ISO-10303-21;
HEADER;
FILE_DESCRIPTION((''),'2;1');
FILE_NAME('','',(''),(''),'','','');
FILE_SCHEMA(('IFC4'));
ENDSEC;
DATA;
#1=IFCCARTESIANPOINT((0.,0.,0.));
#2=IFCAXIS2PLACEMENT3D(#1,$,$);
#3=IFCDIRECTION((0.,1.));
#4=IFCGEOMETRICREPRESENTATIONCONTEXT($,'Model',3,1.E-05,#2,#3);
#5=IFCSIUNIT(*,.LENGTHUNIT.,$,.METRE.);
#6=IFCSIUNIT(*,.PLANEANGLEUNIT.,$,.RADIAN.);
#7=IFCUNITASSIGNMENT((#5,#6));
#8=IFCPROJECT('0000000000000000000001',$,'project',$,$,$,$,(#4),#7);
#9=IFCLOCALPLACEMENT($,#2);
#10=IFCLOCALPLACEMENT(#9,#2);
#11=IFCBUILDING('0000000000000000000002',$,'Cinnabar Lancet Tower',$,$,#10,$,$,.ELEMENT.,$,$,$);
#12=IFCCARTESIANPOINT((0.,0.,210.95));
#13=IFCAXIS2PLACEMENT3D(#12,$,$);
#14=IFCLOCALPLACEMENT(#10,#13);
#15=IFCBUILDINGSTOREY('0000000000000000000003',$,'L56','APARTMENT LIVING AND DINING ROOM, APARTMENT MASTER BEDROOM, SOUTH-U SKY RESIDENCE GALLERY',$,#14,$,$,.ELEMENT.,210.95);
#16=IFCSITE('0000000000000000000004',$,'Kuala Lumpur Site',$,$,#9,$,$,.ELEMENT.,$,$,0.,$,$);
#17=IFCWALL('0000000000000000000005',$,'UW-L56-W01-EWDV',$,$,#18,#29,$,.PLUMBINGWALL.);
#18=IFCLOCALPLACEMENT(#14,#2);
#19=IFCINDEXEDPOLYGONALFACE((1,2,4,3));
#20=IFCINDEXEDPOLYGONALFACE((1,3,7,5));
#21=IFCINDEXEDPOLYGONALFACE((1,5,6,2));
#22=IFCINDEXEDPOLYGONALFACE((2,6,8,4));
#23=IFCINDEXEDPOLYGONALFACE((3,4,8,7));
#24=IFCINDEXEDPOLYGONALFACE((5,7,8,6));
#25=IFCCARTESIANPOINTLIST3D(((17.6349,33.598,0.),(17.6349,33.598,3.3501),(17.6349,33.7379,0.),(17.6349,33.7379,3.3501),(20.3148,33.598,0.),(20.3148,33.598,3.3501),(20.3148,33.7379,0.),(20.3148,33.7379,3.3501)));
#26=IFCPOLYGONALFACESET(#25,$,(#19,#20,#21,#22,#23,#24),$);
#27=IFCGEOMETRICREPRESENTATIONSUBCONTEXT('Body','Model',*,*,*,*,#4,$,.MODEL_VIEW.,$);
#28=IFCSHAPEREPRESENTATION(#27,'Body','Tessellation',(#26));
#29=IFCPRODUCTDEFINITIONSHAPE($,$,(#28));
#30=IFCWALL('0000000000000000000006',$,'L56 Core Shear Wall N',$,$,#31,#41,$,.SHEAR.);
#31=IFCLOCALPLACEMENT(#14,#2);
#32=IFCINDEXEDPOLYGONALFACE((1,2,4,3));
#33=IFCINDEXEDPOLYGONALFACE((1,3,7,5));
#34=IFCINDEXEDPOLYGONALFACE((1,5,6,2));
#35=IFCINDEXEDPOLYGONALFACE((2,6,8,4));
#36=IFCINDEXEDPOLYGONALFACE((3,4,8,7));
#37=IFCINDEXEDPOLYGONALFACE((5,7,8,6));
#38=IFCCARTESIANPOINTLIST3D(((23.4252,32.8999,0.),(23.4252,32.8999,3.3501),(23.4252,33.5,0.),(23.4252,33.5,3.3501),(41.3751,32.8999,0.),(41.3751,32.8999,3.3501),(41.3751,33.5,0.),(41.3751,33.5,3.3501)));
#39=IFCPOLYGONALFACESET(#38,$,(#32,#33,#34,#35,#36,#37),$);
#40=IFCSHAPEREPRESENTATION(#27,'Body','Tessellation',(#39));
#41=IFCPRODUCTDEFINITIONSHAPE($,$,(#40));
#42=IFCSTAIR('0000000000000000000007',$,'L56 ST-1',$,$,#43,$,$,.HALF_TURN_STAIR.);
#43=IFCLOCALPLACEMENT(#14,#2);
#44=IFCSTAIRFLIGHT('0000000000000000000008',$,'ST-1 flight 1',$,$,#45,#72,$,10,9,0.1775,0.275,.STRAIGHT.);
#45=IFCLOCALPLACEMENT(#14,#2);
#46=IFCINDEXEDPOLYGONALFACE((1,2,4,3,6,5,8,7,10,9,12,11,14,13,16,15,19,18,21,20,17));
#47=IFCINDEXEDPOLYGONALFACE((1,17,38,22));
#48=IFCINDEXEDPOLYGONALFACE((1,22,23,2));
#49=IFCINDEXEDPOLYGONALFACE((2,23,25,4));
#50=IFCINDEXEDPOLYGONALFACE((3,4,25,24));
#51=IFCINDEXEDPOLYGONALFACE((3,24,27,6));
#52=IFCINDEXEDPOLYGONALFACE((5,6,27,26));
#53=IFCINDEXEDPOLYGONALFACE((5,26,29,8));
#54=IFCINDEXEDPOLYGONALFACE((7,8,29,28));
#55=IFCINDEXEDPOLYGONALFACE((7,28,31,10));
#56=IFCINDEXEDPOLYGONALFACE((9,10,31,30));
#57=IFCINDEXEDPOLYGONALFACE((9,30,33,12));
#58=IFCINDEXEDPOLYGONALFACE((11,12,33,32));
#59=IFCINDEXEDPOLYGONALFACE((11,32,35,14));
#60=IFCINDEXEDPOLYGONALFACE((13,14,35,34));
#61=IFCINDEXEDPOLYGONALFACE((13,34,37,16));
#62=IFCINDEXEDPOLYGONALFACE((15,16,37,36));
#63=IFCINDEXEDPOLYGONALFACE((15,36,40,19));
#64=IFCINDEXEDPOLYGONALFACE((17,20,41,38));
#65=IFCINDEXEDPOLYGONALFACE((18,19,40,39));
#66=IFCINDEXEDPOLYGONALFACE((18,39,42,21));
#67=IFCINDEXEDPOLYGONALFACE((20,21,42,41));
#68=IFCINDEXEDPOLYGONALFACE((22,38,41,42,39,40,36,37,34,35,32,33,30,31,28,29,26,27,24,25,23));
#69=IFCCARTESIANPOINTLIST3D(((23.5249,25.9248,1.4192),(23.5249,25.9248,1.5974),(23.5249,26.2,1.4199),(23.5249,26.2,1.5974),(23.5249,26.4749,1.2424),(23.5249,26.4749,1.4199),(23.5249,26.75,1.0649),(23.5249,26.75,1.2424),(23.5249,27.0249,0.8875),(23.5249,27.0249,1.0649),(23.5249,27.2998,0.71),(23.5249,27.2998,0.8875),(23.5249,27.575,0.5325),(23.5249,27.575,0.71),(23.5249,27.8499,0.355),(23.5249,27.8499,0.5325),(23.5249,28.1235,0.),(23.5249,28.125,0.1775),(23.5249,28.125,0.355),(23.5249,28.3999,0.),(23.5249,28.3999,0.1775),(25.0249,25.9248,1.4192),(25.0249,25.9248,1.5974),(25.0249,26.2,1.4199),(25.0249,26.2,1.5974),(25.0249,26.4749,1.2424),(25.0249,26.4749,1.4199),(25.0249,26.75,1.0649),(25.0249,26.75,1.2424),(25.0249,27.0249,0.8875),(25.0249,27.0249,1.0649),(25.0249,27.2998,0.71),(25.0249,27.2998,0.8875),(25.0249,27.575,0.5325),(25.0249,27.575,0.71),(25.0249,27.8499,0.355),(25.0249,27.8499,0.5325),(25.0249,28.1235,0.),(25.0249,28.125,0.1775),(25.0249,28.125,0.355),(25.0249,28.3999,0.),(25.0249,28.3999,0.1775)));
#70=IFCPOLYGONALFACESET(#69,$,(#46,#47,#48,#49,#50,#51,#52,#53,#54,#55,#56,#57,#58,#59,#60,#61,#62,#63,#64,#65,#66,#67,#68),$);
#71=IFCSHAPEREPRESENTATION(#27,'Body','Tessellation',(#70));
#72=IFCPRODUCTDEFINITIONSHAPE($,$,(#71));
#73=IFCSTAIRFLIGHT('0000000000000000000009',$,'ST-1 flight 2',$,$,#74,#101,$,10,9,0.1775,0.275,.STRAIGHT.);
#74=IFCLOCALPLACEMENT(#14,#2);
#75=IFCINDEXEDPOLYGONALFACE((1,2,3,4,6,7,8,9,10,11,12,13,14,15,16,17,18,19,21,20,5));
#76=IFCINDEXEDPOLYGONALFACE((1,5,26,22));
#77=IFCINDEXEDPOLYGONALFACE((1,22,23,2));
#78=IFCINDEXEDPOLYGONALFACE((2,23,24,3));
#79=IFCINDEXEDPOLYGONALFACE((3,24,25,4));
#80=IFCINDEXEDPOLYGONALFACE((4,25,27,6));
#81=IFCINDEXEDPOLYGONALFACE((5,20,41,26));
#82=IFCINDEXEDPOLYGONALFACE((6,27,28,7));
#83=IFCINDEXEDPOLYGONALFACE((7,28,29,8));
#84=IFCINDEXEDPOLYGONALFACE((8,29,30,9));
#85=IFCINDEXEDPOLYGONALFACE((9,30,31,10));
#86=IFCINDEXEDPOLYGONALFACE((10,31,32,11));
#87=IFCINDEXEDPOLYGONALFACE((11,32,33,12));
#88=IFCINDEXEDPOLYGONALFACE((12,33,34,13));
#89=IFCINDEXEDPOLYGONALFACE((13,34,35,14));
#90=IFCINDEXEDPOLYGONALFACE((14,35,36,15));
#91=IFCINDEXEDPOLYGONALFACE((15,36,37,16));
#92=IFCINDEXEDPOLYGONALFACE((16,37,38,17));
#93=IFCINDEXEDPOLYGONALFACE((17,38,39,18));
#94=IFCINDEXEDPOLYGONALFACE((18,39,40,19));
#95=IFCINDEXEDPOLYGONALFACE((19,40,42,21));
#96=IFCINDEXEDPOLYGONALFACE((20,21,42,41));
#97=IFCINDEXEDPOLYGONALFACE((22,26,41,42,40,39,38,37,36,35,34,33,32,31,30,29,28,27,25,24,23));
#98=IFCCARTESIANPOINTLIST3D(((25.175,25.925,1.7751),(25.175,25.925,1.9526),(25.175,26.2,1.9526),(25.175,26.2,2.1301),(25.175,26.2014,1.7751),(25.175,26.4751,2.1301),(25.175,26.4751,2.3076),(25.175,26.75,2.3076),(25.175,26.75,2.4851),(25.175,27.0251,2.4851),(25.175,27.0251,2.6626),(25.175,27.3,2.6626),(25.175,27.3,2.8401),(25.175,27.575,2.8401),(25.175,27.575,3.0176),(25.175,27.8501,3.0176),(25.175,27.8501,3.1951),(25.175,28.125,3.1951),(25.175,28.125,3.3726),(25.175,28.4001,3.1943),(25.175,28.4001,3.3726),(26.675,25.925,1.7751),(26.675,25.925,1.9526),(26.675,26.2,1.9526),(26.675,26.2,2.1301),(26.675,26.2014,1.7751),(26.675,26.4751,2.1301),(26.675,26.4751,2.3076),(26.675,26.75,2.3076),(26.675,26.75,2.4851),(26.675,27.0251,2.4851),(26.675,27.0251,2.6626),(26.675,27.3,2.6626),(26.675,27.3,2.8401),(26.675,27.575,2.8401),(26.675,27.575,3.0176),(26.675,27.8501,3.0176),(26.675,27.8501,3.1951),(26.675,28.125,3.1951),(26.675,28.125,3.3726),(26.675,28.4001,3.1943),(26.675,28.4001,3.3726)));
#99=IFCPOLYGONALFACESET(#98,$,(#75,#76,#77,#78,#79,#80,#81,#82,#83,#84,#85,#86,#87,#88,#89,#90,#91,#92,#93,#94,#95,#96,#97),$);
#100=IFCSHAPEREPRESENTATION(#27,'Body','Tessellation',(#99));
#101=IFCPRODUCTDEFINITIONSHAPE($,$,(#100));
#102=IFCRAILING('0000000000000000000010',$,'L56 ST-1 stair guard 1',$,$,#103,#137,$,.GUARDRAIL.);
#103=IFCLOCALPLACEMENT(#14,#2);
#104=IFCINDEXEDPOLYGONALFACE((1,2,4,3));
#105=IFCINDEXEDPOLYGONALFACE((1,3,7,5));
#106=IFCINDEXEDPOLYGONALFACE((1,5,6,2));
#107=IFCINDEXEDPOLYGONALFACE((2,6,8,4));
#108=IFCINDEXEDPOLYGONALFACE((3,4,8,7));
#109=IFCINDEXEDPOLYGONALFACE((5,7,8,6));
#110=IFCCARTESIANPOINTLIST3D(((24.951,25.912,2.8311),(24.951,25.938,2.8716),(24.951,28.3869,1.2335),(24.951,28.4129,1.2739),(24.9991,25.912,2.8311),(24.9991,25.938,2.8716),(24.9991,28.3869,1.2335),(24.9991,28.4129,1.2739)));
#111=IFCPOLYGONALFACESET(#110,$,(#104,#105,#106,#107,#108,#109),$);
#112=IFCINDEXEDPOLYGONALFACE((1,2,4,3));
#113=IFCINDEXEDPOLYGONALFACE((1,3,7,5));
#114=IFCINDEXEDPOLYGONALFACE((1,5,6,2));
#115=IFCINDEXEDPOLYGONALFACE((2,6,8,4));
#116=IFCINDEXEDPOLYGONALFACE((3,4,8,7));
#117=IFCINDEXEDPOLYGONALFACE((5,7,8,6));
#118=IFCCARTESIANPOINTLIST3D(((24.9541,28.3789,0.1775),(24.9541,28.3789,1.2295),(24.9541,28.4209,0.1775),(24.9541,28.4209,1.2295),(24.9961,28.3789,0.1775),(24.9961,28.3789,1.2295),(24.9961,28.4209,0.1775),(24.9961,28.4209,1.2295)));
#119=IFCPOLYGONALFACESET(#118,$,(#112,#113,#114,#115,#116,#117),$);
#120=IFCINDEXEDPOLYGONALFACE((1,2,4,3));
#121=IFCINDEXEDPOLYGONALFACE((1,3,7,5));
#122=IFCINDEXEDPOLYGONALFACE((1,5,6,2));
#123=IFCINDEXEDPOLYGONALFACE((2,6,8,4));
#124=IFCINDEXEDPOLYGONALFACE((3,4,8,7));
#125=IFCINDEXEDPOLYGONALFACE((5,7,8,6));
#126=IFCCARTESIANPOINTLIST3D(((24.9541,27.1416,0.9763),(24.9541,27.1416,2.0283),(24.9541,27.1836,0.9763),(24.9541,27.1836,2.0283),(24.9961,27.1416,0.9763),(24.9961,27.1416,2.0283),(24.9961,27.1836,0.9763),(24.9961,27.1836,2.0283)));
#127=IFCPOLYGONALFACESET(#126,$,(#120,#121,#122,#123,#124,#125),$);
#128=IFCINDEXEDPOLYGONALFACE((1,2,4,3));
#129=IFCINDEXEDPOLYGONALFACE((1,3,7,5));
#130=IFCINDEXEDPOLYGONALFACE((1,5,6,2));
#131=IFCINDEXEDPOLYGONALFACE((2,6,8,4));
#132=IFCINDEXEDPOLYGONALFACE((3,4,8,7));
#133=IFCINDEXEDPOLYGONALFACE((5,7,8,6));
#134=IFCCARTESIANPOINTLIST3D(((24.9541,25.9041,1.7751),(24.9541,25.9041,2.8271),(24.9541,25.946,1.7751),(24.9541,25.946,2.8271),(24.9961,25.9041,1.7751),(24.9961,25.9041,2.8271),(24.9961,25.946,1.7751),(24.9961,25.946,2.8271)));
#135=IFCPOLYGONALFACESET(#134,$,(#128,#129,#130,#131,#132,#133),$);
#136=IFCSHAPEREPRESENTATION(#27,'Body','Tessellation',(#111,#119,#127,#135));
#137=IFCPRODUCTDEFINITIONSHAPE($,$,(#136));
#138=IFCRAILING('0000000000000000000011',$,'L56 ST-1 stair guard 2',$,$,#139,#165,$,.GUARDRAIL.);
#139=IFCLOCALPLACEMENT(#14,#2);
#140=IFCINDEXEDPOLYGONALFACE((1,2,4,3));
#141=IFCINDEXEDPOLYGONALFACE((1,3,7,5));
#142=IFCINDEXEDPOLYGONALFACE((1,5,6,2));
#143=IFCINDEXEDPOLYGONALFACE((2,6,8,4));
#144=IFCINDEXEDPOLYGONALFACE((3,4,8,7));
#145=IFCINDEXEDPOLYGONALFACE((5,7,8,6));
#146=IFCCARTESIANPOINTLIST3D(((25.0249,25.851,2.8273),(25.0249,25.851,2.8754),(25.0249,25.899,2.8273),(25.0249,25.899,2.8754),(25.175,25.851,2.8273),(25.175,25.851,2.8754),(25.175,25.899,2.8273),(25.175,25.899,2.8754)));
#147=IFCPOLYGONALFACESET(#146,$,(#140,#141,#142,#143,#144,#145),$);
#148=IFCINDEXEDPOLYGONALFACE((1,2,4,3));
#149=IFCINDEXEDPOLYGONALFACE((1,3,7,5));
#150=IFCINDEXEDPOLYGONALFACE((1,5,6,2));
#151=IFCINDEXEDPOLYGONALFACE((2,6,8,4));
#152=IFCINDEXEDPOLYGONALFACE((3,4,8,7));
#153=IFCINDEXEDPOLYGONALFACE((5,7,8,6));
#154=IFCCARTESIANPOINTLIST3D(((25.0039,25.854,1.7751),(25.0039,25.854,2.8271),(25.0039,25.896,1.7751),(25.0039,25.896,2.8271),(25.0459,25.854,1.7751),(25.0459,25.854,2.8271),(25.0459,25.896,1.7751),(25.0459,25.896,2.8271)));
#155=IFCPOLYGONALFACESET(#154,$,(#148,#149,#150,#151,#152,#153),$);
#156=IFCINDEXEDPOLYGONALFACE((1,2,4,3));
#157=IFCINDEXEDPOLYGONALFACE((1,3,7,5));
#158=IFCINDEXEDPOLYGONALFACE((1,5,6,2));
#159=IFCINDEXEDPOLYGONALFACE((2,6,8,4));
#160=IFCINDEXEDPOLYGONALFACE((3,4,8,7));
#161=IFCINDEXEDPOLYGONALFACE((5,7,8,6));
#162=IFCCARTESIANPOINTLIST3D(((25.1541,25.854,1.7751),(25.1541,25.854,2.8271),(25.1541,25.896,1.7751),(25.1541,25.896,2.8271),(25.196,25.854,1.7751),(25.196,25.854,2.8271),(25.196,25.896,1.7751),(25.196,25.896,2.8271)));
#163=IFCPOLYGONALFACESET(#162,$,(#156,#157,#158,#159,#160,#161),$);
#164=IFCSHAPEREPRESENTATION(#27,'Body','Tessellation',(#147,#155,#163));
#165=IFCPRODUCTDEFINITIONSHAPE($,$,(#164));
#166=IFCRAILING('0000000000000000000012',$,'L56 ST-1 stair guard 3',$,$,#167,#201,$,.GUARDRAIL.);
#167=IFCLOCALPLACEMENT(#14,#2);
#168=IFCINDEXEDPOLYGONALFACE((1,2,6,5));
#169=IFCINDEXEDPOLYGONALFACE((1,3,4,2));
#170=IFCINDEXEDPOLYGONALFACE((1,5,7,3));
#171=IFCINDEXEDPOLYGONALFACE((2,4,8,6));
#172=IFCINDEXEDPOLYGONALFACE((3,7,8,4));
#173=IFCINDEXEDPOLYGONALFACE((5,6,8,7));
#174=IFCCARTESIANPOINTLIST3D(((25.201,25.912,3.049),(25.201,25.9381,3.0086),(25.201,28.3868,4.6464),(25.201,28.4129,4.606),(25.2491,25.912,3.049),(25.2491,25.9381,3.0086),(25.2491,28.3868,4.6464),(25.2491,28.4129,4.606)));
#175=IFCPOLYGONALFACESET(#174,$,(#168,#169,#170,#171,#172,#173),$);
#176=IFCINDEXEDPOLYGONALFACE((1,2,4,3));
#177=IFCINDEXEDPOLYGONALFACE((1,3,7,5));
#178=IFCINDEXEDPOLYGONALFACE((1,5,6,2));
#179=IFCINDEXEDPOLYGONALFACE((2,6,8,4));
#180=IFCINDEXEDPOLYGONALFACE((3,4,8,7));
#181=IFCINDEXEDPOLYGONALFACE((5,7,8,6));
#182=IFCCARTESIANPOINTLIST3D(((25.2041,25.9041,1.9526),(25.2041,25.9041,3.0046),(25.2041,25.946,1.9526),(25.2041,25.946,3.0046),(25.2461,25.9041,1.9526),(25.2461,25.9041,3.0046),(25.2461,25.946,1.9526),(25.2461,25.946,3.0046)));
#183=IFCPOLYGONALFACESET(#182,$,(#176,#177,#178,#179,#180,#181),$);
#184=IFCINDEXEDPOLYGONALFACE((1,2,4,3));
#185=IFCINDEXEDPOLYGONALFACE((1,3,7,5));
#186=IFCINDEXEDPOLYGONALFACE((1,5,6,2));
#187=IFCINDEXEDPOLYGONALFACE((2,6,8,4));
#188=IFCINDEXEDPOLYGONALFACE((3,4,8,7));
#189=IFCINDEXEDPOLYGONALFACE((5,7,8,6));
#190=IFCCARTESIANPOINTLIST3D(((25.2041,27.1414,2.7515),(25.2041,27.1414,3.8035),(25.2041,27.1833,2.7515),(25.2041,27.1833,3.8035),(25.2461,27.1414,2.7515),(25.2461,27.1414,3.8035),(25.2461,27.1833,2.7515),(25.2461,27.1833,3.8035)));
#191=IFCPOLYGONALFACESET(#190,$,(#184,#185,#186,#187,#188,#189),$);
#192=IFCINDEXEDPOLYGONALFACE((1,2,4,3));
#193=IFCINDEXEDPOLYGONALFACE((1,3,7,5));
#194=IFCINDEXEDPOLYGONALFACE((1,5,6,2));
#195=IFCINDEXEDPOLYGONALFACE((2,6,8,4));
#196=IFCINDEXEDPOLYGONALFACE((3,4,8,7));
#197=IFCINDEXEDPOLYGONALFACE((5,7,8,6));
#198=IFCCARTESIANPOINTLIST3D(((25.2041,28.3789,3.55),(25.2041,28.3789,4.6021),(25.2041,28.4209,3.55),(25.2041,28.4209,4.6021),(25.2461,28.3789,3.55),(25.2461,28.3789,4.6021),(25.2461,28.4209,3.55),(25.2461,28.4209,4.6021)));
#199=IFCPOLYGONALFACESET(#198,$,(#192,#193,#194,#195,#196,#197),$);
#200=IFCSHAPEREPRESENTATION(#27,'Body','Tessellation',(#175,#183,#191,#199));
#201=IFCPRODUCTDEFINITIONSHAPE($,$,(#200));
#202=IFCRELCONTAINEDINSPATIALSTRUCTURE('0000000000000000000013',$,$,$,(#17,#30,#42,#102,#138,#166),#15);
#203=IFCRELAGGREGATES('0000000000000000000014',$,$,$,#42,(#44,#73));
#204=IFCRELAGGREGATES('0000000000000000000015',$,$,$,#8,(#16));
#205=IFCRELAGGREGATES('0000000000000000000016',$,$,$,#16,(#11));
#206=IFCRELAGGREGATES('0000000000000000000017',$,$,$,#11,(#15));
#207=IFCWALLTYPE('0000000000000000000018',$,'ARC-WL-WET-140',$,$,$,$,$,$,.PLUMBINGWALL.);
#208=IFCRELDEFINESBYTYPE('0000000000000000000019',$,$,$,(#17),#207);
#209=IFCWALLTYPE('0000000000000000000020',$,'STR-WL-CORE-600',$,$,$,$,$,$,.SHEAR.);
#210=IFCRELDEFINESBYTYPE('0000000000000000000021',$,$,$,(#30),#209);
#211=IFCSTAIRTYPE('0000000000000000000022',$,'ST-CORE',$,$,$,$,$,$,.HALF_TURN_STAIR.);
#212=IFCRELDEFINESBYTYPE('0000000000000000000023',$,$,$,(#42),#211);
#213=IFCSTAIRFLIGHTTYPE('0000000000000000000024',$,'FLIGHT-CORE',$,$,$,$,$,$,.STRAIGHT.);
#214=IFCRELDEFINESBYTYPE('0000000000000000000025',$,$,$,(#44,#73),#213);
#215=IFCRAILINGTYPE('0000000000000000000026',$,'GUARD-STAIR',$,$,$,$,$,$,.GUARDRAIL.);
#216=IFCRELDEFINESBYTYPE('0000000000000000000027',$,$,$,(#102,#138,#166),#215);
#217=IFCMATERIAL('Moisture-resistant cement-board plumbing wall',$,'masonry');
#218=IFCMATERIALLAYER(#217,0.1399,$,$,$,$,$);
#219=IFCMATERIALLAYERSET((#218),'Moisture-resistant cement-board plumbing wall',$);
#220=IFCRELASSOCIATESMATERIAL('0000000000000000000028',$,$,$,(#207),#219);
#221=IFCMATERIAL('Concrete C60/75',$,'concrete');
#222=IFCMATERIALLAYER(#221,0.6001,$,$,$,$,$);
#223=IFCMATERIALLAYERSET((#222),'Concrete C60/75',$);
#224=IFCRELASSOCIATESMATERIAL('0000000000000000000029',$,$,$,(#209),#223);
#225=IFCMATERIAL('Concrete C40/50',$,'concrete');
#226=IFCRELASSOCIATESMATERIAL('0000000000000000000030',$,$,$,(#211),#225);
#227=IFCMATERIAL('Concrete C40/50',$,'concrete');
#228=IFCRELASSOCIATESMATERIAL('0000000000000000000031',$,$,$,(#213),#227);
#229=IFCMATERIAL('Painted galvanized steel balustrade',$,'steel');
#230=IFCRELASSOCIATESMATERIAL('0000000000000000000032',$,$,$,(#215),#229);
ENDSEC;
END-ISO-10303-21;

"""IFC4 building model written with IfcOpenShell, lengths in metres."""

from ifc_helpers import new_model, si_unit, direction, frame, frame_2d, origin, origin_2d, place, context, subcontext, project, spatial, polyline, rectangle, outline, extrude, material, layer, layer_set, type_object, element, aggregate, save


model = new_model("IFC4")

# Units and contexts
model_context = context("Model", 3, precision=1e-05, world=origin(), true_north=direction((0.0, 1.0)))
body_context = subcontext(model_context, "Body", "Model", "MODEL_VIEW")
ifc_project = project(units=[si_unit("LENGTHUNIT", "METRE"), si_unit("PLANEANGLEUNIT", "RADIAN")], contexts=[model_context])

# Site, building, storey
site_placement = place(None, origin())
site = spatial("IfcSite", under=ifc_project, at=site_placement, Name="Kuala Lumpur Site", CompositionType="ELEMENT", RefElevation=0.0)
building_placement = place(site_placement, origin())
building = spatial("IfcBuilding", under=site, at=building_placement, Name="Cinnabar Lancet Tower", CompositionType="ELEMENT")
storey_placement = place(building_placement, frame((0.0, 0.0, 210.95)))
storey = spatial("IfcBuildingStorey", under=building, at=storey_placement, Name="L56", Description="APARTMENT LIVING AND DINING ROOM, APARTMENT MASTER BEDROOM, SOUTH-U SKY RESIDENCE GALLERY", CompositionType="ELEMENT", Elevation=210.95)

# Walls
ifc_material_1 = material(Name="Moisture-resistant cement-board plumbing wall", Category="masonry")
ifc_layer_1 = layer(ifc_material_1, 0.1399)
ifc_layer_set_1 = layer_set([ifc_layer_1], Name="Moisture-resistant cement-board plumbing wall")
wall_type_1 = type_object("IfcWallType", Name="ARC-WL-WET-140", PredefinedType="PLUMBINGWALL", material=ifc_layer_set_1)
wall_1_placement = place(storey_placement, frame((17.635, 33.668, 0.0), z_axis=(0.0, 0.0, 1.0), x_axis=(1.0, 0.0, 0.0)))
element("IfcWall", 1, at=wall_1_placement, inside=storey, type_object=wall_type_1, Name="UW-L56-W01-EWDV", PredefinedType="PLUMBINGWALL", context=body_context, shape_type="SweptSolid", body=[
    extrude(rectangle(XDim=2.6799, YDim=0.1399, at=frame_2d((1.3398, 0.0))), origin(), (0.0, 0.0, 1.0), 3.3501),
])
ifc_material_2 = material(Name="Concrete C60/75", Category="concrete")
ifc_layer_2 = layer(ifc_material_2, 0.6001)
ifc_layer_set_2 = layer_set([ifc_layer_2], Name="Concrete C60/75")
wall_type_2 = type_object("IfcWallType", Name="STR-WL-CORE-600", PredefinedType="SHEAR", material=ifc_layer_set_2)
wall_2_placement = place(storey_placement, frame((23.425, 33.2, 0.0), z_axis=(0.0, 0.0, 1.0), x_axis=(1.0, 0.0, 0.0)))
element("IfcWall", 2, at=wall_2_placement, inside=storey, type_object=wall_type_2, Name="L56 Core Shear Wall N", PredefinedType="SHEAR", context=body_context, shape_type="SweptSolid", body=[
    extrude(rectangle(XDim=17.95, YDim=0.6001, at=frame_2d((8.9751, 0.0))), origin(), (0.0, 0.0, 1.0), 3.3501),
])

# Stair, stair flights
ifc_material_3 = material(Name="Concrete C40/50", Category="concrete")
stair_type = type_object("IfcStairType", Name="ST-CORE", PredefinedType="HALF_TURN_STAIR", material=ifc_material_3)
stair_placement = place(storey_placement, origin())
stair = element("IfcStair", 3, at=stair_placement, inside=storey, type_object=stair_type, Name="L56 ST-1", PredefinedType="HALF_TURN_STAIR")
ifc_material_4 = material(Name="Concrete C40/50", Category="concrete")
stair_flight_type = type_object("IfcStairFlightType", Name="FLIGHT-CORE", PredefinedType="STRAIGHT", material=ifc_material_4)
stair_flight_1_placement = place(storey_placement, frame((24.2749, 28.3999, 0.0), z_axis=(0.0, 0.0, 1.0), x_axis=(0.0, -1.0, 0.0)))
stair_flight_1 = element("IfcStairFlight", 4, at=stair_flight_1_placement, type_object=stair_flight_type, Name="ST-1 flight 1", NumberOfRisers=10, NumberOfTreads=9, PredefinedType="STRAIGHT", RiserHeight=0.1775, TreadLength=0.275, context=body_context, shape_type="SweptSolid", body=[
    extrude(outline(polyline([(0.0, 0.0), (0.0, 0.1775), (0.2749, 0.1775), (0.2749, 0.355), (0.55, 0.355), (0.55, 0.5325), (0.825, 0.5325), (0.825, 0.71), (1.1001, 0.71), (1.1001, 0.8875), (1.375, 0.8875), (1.375, 1.0649), (1.6499, 1.0649), (1.6499, 1.2424), (1.925, 1.2424), (1.925, 1.4199), (2.2, 1.4199), (2.2, 1.5974), (2.4751, 1.5974), (2.4751, 1.7749), (2.4751, 1.4192), (0.2764, 0.0), (0.0, 0.0)])), frame((0.0, 0.75, 0.0), z_axis=(0.0, -1.0, 0.0), x_axis=(1.0, 0.0, 0.0)), (0.0, 0.0, 1.0), 1.5),
])
stair_flight_2_placement = place(storey_placement, frame((25.925, 25.925, 1.7751), z_axis=(0.0, 0.0, 1.0), x_axis=(0.0, 1.0, 0.0)))
stair_flight_2 = element("IfcStairFlight", 5, at=stair_flight_2_placement, type_object=stair_flight_type, Name="ST-1 flight 2", NumberOfRisers=10, NumberOfTreads=9, PredefinedType="STRAIGHT", RiserHeight=0.1775, TreadLength=0.275, context=body_context, shape_type="SweptSolid", body=[
    extrude(outline(polyline([(0.0, 0.0), (0.0, 0.1775), (0.2749, 0.1775), (0.2749, 0.355), (0.55, 0.355), (0.55, 0.5325), (0.825, 0.5325), (0.825, 0.71), (1.1001, 0.71), (1.1001, 0.8875), (1.375, 0.8875), (1.375, 1.0649), (1.6499, 1.0649), (1.6499, 1.2424), (1.925, 1.2424), (1.925, 1.4199), (2.2, 1.4199), (2.2, 1.5974), (2.4751, 1.5974), (2.4751, 1.7749), (2.4751, 1.4192), (0.2764, 0.0), (0.0, 0.0)])), frame((0.0, 0.75, 0.0), z_axis=(0.0, -1.0, 0.0), x_axis=(1.0, 0.0, 0.0)), (0.0, 0.0, 1.0), 1.5),
])
aggregate(stair, [stair_flight_1, stair_flight_2])

# Railings
ifc_material_5 = material(Name="Painted galvanized steel balustrade", Category="steel")
railing_type_1 = type_object("IfcRailingType", Name="GUARD-STAIR", PredefinedType="GUARDRAIL", material=ifc_material_5)
railing_1_placement = place(storey_placement, frame((24.9751, 28.3999, 0.1775)))
element("IfcRailing", 6, at=railing_1_placement, inside=storey, type_object=railing_type_1, Name="L56 ST-1 stair guard 1", PredefinedType="GUARDRAIL", context=body_context, shape_type="SweptSolid", body=[
    extrude(rectangle(XDim=0.0481, YDim=0.0481, at=origin_2d()), frame((0.0, 0.0, 1.0762), z_axis=(0.0, -0.840146, 0.542361), x_axis=(1.0, 0.0, 0.0)), (0.0, 0.0, 1.0), 2.9458),
    extrude(rectangle(XDim=0.042, YDim=0.042, at=origin_2d()), origin(), (0.0, 0.0, 1.0), 1.052),
    extrude(rectangle(XDim=0.042, YDim=0.042, at=origin_2d()), frame((0.0, -1.2373, 0.7988)), (0.0, 0.0, 1.0), 1.052),
    extrude(rectangle(XDim=0.042, YDim=0.042, at=origin_2d()), frame((0.0, -2.4749, 1.5977)), (0.0, 0.0, 1.0), 1.052),
])
railing_2_placement = place(storey_placement, frame((25.0249, 25.875, 1.7751)))
element("IfcRailing", 7, at=railing_2_placement, inside=storey, type_object=railing_type_1, Name="L56 ST-1 stair guard 2", PredefinedType="GUARDRAIL", context=body_context, shape_type="SweptSolid", body=[
    extrude(rectangle(XDim=0.0481, YDim=0.0481, at=origin_2d()), frame((0.0, 0.0, 1.0762), z_axis=(1.0, 0.0, 0.0), x_axis=(0.0, 1.0, 0.0)), (0.0, 0.0, 1.0), 0.1501),
    extrude(rectangle(XDim=0.042, YDim=0.042, at=origin_2d()), origin(), (0.0, 0.0, 1.0), 1.052),
    extrude(rectangle(XDim=0.042, YDim=0.042, at=origin_2d()), frame((0.1501, 0.0, 0.0)), (0.0, 0.0, 1.0), 1.052),
])
railing_3_placement = place(storey_placement, frame((25.2251, 25.925, 1.9526)))
element("IfcRailing", 8, at=railing_3_placement, inside=storey, type_object=railing_type_1, Name="L56 ST-1 stair guard 3", PredefinedType="GUARDRAIL", context=body_context, shape_type="SweptSolid", body=[
    extrude(rectangle(XDim=0.0481, YDim=0.0481, at=origin_2d()), frame((0.0, 0.0, 1.0762), z_axis=(0.0, 0.840183, 0.542302), x_axis=(-1.0, 0.0, 0.0)), (0.0, 0.0, 1.0), 2.9456),
    extrude(rectangle(XDim=0.042, YDim=0.042, at=origin_2d()), origin(), (0.0, 0.0, 1.0), 1.052),
    extrude(rectangle(XDim=0.042, YDim=0.042, at=origin_2d()), frame((0.0, 1.2373, 0.7988)), (0.0, 0.0, 1.0), 1.052),
    extrude(rectangle(XDim=0.042, YDim=0.042, at=origin_2d()), frame((0.0, 2.4749, 1.5974)), (0.0, 0.0, 1.0), 1.052),
])

save(model, "model.ifc")
